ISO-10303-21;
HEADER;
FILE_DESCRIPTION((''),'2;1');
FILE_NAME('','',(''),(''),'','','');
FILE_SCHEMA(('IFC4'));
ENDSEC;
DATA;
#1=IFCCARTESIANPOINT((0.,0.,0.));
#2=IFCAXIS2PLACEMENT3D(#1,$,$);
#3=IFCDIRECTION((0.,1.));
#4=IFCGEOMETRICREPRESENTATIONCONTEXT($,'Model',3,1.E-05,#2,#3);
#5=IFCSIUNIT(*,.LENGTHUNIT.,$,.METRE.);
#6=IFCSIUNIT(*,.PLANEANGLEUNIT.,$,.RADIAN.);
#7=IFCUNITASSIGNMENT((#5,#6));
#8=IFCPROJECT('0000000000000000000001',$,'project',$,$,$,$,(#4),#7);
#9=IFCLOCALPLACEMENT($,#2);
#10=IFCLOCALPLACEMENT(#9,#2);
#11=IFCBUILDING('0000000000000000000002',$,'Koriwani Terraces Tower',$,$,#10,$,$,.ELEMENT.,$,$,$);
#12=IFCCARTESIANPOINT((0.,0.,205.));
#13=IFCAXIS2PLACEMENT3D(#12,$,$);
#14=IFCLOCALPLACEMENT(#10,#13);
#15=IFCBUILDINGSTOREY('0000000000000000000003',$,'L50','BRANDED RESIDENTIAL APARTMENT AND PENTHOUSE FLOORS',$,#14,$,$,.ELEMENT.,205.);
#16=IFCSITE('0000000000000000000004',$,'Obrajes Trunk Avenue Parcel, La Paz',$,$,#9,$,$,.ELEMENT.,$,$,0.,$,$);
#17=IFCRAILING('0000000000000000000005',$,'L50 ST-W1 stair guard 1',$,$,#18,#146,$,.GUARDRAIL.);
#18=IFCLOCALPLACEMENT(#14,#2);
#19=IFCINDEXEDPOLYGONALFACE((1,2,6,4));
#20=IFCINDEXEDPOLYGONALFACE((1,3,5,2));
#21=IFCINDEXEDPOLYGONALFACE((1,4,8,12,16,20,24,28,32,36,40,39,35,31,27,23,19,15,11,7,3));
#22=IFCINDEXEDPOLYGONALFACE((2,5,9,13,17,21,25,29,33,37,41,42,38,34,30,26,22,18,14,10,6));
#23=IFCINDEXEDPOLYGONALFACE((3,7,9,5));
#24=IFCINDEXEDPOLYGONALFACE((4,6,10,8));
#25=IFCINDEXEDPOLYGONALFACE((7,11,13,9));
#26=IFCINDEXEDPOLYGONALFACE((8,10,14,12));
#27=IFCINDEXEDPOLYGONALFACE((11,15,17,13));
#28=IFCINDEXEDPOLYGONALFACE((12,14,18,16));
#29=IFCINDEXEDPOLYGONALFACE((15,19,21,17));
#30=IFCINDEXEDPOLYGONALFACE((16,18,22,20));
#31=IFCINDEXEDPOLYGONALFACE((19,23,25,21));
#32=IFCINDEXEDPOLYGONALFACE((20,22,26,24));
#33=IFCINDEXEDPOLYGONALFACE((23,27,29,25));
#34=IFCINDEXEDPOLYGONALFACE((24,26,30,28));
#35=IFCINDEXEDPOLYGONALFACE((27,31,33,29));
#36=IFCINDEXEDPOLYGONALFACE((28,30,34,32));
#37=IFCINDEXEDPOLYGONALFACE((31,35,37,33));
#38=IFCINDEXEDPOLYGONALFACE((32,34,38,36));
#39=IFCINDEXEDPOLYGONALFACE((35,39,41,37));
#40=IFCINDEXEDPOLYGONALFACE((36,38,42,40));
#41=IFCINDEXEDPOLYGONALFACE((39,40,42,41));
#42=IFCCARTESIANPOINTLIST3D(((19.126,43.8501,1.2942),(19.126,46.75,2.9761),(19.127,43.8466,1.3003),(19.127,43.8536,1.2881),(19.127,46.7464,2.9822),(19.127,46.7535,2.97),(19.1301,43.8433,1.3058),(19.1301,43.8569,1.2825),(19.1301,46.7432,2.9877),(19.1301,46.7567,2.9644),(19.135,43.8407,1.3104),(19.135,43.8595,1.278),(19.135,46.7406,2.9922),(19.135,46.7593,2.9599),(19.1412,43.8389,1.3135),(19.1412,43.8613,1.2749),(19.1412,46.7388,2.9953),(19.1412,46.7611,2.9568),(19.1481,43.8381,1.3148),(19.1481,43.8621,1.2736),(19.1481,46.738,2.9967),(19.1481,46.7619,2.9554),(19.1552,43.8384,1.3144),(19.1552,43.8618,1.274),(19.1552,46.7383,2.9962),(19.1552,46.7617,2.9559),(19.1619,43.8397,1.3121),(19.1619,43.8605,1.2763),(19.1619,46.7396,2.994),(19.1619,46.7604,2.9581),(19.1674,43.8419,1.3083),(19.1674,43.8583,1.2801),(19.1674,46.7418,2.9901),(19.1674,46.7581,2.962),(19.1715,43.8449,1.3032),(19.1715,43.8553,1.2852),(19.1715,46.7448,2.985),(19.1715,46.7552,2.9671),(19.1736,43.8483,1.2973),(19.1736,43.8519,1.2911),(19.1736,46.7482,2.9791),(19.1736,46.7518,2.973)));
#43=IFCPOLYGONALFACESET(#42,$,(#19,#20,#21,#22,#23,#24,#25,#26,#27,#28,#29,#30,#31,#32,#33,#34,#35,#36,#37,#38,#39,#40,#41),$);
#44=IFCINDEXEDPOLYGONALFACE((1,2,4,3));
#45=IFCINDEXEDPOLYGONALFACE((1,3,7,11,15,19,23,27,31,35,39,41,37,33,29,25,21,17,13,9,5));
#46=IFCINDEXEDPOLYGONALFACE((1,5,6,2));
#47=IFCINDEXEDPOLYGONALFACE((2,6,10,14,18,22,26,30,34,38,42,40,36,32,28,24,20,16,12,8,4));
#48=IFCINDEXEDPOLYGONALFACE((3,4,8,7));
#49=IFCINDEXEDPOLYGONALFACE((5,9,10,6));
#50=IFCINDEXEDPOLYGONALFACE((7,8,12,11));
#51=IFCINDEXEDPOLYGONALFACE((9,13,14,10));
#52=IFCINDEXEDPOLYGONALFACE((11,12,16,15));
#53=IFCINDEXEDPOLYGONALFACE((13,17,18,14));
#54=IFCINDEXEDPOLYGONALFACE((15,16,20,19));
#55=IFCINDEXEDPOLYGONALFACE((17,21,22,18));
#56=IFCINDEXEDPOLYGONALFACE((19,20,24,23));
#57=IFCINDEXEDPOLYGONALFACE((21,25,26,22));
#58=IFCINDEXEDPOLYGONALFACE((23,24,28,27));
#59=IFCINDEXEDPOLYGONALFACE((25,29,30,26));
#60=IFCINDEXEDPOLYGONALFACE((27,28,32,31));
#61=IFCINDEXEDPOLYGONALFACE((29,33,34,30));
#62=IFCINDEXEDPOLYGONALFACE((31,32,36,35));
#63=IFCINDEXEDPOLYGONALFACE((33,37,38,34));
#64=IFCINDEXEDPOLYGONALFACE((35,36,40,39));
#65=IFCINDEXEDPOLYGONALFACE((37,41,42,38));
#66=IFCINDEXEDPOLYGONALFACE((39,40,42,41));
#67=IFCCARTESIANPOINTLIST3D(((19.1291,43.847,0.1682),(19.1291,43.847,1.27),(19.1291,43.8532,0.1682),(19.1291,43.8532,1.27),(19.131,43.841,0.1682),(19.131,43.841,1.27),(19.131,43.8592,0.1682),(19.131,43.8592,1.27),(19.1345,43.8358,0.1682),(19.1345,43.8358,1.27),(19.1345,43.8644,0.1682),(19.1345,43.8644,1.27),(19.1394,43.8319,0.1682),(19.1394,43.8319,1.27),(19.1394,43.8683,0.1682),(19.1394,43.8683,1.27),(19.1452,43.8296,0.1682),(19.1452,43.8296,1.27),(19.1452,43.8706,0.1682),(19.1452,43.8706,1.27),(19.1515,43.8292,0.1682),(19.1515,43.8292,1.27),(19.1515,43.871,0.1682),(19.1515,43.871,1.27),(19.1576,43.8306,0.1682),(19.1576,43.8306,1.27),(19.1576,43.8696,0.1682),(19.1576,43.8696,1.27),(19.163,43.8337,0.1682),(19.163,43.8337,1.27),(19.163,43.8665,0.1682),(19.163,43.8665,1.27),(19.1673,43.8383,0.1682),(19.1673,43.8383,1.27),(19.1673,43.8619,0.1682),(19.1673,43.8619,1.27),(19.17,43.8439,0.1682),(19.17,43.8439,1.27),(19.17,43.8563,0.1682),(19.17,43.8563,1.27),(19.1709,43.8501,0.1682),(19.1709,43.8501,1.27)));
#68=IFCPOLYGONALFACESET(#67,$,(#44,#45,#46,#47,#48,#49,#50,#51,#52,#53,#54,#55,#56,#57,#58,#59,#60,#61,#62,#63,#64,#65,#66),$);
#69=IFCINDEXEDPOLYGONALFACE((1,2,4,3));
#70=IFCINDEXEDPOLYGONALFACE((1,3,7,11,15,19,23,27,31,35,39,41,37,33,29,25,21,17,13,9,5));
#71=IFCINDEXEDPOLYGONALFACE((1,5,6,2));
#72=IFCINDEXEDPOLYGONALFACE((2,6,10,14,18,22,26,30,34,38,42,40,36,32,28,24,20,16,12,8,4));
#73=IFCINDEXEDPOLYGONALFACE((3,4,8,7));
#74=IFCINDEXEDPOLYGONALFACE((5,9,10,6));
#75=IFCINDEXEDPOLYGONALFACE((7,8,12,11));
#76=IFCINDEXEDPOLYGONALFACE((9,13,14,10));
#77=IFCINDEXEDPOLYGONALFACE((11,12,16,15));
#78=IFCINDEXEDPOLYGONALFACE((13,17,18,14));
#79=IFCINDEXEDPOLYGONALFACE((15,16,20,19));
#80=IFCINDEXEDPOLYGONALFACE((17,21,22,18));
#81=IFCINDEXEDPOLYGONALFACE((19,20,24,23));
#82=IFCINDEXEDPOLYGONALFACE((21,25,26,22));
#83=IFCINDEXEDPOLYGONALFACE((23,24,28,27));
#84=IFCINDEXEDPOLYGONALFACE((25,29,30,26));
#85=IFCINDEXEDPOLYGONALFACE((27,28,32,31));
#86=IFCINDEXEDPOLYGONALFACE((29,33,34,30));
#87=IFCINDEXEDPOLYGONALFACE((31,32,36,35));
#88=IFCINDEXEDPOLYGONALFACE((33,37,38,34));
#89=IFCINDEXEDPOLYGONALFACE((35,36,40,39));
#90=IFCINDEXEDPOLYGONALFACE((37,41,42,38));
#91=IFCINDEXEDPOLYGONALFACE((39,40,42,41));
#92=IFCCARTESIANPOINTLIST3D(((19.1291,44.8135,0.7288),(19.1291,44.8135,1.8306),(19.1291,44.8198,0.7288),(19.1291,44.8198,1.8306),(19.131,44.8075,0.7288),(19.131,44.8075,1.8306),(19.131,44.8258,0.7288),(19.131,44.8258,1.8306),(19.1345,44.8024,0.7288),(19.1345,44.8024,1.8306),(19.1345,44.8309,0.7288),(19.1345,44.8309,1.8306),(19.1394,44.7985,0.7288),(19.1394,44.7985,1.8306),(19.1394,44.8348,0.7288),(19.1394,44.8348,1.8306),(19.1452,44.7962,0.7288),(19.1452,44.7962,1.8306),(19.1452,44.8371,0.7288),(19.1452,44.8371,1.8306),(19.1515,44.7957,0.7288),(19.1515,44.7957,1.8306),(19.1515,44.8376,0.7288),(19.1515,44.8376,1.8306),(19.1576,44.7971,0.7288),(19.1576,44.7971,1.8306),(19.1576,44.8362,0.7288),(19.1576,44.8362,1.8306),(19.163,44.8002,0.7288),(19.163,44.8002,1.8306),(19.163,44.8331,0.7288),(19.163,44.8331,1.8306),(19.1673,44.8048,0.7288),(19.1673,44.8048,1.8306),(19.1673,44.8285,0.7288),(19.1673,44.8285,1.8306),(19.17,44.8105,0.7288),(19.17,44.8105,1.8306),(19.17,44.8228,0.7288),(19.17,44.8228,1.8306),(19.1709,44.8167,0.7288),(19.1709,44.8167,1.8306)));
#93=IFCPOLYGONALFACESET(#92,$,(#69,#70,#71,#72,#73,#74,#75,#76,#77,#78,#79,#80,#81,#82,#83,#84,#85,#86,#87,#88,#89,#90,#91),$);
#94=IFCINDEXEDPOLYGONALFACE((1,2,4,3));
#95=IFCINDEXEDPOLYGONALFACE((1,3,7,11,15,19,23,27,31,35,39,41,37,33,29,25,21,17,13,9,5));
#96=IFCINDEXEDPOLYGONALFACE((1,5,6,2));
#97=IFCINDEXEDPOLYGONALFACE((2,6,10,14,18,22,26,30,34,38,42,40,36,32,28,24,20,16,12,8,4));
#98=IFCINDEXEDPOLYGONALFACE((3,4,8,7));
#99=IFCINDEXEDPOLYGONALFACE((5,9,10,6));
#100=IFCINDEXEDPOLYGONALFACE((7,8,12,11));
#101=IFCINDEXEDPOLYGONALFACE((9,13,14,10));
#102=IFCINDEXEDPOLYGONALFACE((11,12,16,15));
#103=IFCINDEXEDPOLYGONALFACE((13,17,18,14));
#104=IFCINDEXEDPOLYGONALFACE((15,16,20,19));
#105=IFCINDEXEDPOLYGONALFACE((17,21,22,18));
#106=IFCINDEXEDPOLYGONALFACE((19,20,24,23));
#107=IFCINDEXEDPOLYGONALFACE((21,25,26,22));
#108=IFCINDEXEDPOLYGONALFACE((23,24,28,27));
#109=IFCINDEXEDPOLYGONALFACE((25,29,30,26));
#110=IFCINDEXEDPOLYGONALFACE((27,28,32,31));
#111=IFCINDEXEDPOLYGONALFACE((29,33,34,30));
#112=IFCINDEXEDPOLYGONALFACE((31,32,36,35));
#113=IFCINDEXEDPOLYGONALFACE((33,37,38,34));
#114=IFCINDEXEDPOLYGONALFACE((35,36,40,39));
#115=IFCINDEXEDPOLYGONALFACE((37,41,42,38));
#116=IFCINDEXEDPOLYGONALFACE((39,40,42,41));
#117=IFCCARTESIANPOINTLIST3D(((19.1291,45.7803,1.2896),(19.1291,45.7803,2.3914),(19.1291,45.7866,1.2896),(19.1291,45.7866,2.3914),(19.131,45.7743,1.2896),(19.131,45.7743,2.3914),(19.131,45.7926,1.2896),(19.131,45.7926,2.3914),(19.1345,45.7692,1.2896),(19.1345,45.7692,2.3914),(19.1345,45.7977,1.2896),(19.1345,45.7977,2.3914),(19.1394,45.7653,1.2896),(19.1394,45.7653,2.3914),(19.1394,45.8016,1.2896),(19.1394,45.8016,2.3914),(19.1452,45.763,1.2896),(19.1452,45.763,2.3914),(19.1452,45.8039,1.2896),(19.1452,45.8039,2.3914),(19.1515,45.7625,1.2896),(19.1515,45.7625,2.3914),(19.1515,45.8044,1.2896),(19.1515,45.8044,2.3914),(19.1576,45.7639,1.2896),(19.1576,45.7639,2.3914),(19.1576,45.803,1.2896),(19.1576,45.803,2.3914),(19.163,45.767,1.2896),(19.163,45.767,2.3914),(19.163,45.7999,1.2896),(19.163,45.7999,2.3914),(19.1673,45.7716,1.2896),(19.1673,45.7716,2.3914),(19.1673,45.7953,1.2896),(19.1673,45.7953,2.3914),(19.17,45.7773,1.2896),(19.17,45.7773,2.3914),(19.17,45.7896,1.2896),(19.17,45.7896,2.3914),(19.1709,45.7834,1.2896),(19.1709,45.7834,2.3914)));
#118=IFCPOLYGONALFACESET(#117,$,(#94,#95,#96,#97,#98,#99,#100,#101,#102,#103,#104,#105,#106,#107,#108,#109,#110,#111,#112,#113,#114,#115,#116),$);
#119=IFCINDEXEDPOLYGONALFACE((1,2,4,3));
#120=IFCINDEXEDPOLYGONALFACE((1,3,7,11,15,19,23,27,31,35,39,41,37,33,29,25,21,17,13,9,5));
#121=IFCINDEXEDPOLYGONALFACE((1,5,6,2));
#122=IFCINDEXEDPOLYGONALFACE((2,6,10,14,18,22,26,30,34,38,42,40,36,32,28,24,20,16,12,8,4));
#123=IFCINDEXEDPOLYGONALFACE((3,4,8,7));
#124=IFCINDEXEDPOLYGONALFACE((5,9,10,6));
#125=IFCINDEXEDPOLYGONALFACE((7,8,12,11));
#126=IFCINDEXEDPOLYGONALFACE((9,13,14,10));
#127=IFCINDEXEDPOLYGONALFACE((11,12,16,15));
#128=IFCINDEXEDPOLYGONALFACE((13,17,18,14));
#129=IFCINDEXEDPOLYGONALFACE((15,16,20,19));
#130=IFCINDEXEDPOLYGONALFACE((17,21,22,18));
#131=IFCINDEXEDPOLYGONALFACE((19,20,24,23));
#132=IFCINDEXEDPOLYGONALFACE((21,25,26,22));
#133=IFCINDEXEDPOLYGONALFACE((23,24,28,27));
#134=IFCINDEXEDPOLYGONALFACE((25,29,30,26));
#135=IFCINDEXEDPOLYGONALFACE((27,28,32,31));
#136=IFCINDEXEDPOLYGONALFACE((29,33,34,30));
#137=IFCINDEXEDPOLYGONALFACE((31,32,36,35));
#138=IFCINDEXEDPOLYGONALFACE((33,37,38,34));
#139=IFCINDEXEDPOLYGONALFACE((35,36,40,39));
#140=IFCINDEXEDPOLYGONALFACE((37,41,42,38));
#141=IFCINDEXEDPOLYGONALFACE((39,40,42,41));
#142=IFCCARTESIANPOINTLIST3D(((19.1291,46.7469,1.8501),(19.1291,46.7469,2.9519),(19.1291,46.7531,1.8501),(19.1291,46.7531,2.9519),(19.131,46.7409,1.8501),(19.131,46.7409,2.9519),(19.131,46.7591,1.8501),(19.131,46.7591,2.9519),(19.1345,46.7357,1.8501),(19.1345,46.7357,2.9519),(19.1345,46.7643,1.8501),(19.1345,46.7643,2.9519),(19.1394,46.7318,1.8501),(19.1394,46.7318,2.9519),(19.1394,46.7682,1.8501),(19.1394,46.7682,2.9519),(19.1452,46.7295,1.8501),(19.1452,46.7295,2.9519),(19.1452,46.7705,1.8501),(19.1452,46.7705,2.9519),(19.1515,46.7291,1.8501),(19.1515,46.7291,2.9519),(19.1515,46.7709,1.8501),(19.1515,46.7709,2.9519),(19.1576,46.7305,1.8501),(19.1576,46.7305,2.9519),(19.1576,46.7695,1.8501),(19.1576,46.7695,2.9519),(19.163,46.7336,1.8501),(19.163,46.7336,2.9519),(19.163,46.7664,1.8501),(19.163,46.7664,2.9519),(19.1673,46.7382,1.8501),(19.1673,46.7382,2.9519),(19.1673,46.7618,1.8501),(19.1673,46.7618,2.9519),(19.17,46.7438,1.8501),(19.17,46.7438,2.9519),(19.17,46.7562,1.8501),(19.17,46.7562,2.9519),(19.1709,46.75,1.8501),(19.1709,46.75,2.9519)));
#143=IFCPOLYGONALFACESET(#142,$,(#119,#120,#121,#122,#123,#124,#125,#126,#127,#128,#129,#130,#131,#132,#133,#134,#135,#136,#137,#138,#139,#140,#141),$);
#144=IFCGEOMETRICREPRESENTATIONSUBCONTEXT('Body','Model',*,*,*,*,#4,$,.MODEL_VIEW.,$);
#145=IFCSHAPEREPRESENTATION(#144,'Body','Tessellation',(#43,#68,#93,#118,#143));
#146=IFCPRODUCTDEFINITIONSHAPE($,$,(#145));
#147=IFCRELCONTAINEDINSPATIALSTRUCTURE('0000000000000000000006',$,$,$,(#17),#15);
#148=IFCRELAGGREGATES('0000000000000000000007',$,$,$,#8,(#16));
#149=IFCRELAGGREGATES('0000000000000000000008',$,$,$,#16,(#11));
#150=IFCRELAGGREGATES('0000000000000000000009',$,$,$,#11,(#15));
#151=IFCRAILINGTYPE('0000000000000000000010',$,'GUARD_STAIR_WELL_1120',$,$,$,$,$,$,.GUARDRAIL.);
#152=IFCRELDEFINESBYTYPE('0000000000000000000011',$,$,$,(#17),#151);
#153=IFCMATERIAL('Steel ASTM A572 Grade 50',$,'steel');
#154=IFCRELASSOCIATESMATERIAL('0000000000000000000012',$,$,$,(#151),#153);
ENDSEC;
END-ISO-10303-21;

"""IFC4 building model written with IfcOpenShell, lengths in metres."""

from ifc_helpers import new_model, si_unit, direction, frame, origin, origin_2d, place, context, subcontext, project, spatial, circle, extrude, material, type_object, element, save


model = new_model("IFC4")

# Units and contexts
model_context = context("Model", 3, precision=1e-05, world=origin(), true_north=direction((0.0, 1.0)))
body_context = subcontext(model_context, "Body", "Model", "MODEL_VIEW")
ifc_project = project(units=[si_unit("LENGTHUNIT", "METRE"), si_unit("PLANEANGLEUNIT", "RADIAN")], contexts=[model_context])

# Site, building, storey
site_placement = place(None, origin())
site = spatial("IfcSite", under=ifc_project, at=site_placement, Name="Obrajes Trunk Avenue Parcel, La Paz", CompositionType="ELEMENT", RefElevation=0.0)
building_placement = place(site_placement, origin())
building = spatial("IfcBuilding", under=site, at=building_placement, Name="Koriwani Terraces Tower", CompositionType="ELEMENT")
storey_placement = place(building_placement, frame((0.0, 0.0, 205.0)))
storey = spatial("IfcBuildingStorey", under=building, at=storey_placement, Name="L50", Description="BRANDED RESIDENTIAL APARTMENT AND PENTHOUSE FLOORS", CompositionType="ELEMENT", Elevation=205.0)

# Shared definitions
ifc_material_1 = material(Name="Steel ASTM A572 Grade 50", Category="steel")

# Railing
railing_type_1 = type_object("IfcRailingType", Name="GUARD_STAIR_WELL_1120", PredefinedType="GUARDRAIL", material=ifc_material_1)
railing_1_placement = place(storey_placement, frame((19.1499, 43.8501, 0.1682)))
element("IfcRailing", 1, at=railing_1_placement, inside=storey, type_object=railing_type_1, Name="L50 ST-W1 stair guard 1", PredefinedType="GUARDRAIL", context=body_context, shape_type="SweptSolid", body=[
    extrude(circle(Radius=0.0239, at=origin_2d()), frame((0.0, 0.0, 1.126), z_axis=(0.0, 0.865039, 0.501705), x_axis=(-1.0, 0.0, 0.0)), (0.0, 0.0, 1.0), 3.3523),
    extrude(circle(Radius=0.021, at=origin_2d()), origin(), (0.0, 0.0, 1.0), 1.1018),
    extrude(circle(Radius=0.021, at=origin_2d()), frame((0.0, 0.9666, 0.5605)), (0.0, 0.0, 1.0), 1.1018),
    extrude(circle(Radius=0.021, at=origin_2d()), frame((0.0, 1.9333, 1.1213)), (0.0, 0.0, 1.0), 1.1018),
    extrude(circle(Radius=0.021, at=origin_2d()), frame((0.0, 2.8999, 1.6819)), (0.0, 0.0, 1.0), 1.1018),
])

save(model, "model.ifc")
